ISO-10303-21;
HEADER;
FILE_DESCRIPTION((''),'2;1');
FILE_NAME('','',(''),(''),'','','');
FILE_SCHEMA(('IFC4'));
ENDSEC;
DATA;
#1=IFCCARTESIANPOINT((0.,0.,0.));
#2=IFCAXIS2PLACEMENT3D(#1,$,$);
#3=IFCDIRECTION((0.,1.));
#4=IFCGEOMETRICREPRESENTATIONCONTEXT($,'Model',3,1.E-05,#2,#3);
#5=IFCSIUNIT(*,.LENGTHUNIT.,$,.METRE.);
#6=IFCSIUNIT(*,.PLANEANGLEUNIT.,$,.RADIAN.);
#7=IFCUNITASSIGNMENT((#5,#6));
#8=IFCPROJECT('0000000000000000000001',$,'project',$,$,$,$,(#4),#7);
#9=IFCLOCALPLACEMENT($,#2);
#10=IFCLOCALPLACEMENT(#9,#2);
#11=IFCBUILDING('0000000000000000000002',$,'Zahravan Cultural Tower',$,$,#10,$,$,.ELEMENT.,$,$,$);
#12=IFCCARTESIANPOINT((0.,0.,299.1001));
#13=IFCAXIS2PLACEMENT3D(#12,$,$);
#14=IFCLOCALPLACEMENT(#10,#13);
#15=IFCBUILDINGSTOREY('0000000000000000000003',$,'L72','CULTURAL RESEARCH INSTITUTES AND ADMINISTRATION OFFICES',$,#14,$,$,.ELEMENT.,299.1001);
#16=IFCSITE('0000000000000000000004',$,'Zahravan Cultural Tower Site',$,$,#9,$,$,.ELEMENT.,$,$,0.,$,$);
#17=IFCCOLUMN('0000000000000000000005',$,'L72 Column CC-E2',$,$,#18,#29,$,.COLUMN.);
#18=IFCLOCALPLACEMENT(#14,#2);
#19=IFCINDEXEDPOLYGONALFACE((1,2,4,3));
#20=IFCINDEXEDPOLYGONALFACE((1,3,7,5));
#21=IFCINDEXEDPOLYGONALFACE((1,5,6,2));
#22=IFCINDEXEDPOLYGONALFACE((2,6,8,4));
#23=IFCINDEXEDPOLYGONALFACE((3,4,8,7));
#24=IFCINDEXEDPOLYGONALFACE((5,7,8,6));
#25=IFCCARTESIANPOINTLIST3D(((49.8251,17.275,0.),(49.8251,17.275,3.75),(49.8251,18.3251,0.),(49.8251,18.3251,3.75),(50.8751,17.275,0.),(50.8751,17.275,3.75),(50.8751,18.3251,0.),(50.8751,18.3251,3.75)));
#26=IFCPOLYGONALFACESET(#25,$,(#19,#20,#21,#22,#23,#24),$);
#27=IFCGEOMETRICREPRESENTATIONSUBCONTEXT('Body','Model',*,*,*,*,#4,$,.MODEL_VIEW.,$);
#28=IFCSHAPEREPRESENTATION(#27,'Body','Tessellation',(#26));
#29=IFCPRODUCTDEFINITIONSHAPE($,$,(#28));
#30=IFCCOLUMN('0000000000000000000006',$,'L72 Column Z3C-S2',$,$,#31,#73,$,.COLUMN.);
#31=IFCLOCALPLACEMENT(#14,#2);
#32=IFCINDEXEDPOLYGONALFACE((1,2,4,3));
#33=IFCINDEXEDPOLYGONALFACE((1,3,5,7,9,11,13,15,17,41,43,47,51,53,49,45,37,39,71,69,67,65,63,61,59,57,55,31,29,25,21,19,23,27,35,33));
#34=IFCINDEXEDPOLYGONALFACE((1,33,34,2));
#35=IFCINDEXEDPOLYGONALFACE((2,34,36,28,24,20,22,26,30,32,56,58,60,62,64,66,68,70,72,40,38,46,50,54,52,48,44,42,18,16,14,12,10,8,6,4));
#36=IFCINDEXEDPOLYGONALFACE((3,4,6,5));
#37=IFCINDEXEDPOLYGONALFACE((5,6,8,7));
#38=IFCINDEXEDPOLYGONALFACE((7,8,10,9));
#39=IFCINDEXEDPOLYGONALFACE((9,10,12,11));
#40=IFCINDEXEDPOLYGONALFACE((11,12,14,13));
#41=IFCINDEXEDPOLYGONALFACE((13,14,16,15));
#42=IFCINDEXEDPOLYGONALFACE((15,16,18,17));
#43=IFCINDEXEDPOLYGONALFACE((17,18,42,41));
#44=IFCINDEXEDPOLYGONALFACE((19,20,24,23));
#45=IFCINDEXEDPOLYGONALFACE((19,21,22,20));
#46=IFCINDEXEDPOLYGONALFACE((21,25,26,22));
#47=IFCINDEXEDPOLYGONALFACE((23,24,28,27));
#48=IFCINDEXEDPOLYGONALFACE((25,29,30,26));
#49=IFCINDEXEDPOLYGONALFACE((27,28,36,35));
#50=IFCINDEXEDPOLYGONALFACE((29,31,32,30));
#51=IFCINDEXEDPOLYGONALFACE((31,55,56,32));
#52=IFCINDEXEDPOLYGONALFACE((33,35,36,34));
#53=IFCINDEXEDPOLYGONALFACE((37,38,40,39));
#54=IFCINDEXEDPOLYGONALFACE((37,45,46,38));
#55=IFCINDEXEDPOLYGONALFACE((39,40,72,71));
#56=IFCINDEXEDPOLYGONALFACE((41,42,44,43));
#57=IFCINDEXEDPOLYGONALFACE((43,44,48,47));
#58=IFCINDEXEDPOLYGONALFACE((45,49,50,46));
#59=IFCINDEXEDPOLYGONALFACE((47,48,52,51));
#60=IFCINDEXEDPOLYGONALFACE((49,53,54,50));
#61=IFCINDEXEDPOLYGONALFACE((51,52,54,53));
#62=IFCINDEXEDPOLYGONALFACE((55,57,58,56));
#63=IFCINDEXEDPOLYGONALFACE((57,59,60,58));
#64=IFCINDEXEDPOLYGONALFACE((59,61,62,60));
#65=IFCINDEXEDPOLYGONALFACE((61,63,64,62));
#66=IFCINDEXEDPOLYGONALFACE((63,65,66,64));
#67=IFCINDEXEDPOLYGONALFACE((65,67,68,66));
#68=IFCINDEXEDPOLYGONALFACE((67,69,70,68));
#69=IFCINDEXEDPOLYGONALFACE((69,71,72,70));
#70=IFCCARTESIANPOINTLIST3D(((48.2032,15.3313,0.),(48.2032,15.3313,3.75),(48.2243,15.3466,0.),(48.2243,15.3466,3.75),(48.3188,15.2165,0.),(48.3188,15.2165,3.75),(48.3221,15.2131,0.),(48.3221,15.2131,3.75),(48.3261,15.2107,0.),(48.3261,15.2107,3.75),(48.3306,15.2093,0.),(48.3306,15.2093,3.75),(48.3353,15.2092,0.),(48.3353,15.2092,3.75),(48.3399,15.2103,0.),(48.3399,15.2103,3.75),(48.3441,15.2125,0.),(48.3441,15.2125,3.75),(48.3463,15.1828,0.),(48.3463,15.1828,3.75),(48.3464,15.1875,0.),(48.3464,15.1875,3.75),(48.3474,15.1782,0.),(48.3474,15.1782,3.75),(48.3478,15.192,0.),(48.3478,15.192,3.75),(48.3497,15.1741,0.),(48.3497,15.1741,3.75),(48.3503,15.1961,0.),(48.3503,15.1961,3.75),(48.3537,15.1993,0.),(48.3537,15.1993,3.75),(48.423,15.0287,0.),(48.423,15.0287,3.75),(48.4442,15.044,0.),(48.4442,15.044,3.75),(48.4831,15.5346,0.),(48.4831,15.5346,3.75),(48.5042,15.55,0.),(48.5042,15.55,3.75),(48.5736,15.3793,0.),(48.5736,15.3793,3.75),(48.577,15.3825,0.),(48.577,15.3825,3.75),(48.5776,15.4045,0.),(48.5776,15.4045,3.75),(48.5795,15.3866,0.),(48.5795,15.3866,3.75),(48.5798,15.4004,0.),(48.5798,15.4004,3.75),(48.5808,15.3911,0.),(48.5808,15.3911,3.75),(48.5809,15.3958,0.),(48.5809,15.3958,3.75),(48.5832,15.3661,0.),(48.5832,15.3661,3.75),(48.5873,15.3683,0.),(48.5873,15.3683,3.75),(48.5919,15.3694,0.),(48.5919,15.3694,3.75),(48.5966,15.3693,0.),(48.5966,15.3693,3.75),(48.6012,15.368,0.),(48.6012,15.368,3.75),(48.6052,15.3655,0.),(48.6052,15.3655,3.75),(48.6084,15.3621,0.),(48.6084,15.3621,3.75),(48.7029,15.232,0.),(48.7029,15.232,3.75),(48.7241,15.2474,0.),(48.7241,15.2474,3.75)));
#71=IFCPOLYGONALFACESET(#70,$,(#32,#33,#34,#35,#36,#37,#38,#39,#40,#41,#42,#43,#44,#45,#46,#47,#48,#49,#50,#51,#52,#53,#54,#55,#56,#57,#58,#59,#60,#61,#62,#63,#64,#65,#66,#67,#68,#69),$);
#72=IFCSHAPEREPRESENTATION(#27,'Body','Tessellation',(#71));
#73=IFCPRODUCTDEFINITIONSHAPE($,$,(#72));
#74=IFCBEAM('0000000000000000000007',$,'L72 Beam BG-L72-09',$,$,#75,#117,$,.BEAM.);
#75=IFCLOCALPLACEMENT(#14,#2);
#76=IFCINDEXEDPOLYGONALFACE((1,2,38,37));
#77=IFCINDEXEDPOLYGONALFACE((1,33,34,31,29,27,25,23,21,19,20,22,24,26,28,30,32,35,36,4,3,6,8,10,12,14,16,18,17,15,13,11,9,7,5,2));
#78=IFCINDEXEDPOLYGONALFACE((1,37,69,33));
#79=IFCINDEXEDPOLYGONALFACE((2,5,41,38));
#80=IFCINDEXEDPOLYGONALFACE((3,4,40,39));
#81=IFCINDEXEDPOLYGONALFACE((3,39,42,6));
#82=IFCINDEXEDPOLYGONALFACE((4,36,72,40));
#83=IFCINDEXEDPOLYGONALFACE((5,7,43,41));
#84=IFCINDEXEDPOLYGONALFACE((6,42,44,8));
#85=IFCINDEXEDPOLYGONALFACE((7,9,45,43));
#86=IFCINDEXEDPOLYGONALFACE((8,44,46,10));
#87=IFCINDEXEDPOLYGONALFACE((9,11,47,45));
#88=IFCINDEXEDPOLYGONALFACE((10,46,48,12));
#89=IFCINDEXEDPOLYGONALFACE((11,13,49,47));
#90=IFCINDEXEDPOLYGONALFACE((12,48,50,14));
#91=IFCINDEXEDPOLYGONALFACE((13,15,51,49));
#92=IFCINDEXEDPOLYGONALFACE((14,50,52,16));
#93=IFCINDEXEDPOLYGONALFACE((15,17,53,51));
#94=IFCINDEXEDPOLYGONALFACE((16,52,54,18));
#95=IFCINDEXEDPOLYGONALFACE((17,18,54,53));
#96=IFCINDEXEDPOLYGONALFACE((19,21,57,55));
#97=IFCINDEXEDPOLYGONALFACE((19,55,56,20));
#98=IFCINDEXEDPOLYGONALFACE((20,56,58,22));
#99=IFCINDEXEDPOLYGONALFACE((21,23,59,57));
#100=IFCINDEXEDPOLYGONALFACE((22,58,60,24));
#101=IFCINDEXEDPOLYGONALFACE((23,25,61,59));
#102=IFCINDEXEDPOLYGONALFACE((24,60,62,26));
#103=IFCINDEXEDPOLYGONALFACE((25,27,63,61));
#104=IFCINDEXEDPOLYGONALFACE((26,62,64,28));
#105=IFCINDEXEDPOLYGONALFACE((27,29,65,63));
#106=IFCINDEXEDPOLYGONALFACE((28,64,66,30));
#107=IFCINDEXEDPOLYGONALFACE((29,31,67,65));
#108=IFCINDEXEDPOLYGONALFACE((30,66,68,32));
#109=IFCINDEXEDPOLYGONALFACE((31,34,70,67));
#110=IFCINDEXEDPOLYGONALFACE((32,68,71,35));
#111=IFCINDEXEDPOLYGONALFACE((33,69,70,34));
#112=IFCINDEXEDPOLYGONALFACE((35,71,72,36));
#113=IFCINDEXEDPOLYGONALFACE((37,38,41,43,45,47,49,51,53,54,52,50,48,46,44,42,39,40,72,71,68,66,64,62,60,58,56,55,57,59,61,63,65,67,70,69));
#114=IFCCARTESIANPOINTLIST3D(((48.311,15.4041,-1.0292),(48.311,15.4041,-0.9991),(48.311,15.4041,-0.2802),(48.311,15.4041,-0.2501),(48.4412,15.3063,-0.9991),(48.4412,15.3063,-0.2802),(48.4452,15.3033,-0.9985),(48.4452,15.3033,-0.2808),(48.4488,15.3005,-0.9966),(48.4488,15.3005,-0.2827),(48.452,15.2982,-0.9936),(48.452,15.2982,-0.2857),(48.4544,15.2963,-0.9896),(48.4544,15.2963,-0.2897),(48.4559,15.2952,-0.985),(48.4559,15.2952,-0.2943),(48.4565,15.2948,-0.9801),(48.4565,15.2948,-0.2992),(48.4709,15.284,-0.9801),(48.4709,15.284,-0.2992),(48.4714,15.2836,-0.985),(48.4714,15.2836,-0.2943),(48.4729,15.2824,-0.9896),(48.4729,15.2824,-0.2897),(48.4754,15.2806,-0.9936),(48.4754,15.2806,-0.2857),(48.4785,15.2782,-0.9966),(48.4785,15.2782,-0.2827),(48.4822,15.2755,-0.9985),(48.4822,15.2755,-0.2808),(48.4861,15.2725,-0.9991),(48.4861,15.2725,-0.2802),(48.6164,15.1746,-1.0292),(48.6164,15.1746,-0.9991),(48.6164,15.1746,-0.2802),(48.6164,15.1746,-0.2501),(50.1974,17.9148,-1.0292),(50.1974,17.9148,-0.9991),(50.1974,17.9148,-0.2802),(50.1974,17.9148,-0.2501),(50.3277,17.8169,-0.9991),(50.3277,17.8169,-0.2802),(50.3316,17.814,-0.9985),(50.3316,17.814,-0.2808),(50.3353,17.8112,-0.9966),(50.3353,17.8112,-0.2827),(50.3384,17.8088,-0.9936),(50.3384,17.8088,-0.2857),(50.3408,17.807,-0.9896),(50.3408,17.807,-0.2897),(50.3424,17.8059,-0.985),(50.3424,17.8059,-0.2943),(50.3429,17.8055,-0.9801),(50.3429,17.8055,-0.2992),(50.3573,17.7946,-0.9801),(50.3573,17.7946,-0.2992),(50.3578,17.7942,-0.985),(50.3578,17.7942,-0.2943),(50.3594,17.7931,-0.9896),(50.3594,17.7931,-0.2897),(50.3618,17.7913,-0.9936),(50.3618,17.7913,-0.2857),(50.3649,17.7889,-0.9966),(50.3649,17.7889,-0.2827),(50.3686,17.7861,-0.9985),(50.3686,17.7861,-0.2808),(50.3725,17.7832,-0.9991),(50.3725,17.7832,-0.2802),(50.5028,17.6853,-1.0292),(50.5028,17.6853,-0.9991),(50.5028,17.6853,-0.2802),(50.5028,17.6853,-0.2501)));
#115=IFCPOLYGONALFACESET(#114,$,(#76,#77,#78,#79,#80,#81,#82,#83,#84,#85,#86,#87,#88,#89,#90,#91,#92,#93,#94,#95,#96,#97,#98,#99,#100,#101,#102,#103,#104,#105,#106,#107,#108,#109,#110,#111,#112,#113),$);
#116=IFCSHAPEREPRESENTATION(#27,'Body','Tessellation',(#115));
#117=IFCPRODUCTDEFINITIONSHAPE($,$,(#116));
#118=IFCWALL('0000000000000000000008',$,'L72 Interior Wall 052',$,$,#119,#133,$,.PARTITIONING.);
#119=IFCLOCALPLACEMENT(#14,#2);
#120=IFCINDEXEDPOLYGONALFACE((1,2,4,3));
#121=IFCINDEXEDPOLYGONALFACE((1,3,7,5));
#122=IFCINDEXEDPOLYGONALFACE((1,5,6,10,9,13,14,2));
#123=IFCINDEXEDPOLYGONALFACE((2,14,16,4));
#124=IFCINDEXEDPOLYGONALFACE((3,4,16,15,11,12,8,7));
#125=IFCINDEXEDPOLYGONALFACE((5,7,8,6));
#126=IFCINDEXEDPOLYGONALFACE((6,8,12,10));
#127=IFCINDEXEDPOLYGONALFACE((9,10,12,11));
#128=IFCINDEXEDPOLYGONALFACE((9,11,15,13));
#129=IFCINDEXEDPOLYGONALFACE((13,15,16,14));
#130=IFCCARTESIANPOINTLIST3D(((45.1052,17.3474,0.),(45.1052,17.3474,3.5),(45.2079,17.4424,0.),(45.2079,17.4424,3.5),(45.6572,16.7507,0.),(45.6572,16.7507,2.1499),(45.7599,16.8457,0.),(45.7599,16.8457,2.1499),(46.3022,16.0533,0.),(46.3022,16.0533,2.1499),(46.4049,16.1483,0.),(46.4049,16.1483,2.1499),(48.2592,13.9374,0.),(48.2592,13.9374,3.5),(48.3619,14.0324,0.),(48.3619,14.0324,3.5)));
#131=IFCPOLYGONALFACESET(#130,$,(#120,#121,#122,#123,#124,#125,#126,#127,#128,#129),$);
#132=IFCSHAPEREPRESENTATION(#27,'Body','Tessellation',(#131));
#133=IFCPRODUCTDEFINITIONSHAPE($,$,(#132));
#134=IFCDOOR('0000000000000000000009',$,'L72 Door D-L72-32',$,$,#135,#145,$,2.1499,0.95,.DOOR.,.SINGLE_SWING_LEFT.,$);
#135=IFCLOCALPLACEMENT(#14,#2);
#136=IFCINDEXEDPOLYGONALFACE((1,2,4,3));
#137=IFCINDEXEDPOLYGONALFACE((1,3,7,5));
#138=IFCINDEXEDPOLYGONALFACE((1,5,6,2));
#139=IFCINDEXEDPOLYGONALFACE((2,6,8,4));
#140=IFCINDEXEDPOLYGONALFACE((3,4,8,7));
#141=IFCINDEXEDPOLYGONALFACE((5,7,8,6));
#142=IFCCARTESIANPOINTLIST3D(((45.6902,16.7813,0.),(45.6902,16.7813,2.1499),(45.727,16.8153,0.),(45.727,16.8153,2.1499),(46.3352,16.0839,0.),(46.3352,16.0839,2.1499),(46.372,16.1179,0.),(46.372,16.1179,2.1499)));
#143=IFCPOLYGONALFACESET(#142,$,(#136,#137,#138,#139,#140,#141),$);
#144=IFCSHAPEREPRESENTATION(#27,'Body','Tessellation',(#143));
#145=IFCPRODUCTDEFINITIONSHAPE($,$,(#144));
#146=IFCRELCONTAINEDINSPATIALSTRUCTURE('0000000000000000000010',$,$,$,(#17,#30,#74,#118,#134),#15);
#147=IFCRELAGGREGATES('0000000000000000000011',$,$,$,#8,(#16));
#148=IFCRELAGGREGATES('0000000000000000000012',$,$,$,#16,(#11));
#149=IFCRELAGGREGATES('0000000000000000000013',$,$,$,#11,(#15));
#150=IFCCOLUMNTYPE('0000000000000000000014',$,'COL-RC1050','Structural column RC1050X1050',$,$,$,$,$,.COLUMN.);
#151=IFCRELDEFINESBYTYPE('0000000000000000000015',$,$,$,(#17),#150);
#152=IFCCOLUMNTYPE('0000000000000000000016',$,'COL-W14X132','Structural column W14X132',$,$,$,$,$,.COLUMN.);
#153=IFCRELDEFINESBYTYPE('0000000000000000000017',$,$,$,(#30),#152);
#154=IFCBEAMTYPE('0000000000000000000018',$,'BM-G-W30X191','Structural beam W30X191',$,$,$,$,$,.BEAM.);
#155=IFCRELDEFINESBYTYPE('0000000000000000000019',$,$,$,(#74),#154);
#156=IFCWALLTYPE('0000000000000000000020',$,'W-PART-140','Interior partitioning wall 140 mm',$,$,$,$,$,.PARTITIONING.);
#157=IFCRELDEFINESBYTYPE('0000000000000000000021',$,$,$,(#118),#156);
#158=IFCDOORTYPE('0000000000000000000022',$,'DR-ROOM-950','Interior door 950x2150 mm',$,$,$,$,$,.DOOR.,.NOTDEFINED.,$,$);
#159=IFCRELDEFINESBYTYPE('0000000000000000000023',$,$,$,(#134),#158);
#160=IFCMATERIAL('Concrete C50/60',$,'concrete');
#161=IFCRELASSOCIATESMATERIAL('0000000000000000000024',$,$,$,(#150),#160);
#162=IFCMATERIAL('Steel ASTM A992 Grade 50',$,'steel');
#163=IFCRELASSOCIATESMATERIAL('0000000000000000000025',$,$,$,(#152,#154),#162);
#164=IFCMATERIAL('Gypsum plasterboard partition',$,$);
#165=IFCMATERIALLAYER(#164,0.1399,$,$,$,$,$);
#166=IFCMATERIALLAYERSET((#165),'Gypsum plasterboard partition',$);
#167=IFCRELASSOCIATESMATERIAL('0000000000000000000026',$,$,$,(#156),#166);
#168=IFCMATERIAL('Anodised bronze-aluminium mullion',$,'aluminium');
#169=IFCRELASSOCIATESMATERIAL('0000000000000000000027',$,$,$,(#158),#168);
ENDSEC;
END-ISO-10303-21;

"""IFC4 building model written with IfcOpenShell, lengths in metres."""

from ifc_helpers import new_model, si_unit, direction, frame, frame_2d, origin, origin_2d, place, context, subcontext, project, spatial, rectangle, i_section, extrude, source, transform, mapped, material, layer, layer_set, material_profile, profile_set, type_object, element, fill, save


model = new_model("IFC4")

# Units and contexts
model_context = context("Model", 3, precision=1e-05, world=origin(), true_north=direction((0.0, 1.0)))
body_context = subcontext(model_context, "Body", "Model", "MODEL_VIEW")
ifc_project = project(units=[si_unit("LENGTHUNIT", "METRE"), si_unit("PLANEANGLEUNIT", "RADIAN")], contexts=[model_context])

# Site, building, storey
site_placement = place(None, origin())
site = spatial("IfcSite", under=ifc_project, at=site_placement, Name="Zahravan Cultural Tower Site", CompositionType="ELEMENT", RefElevation=0.0)
building_placement = place(site_placement, origin())
building = spatial("IfcBuilding", under=site, at=building_placement, Name="Zahravan Cultural Tower", CompositionType="ELEMENT")
storey_placement = place(building_placement, frame((0.0, 0.0, 299.1001)))
storey = spatial("IfcBuildingStorey", under=building, at=storey_placement, Name="L72", Description="CULTURAL RESEARCH INSTITUTES AND ADMINISTRATION OFFICES", CompositionType="ELEMENT", Elevation=299.1001)

# Columns
ifc_material_1 = material(Name="Concrete C50/60", Category="concrete")
ifc_material_profile_1 = material_profile(ifc_material_1, rectangle(XDim=1.05, YDim=1.05, at=origin_2d()), Name="RC1050X1050")
ifc_profile_set_1 = profile_set([ifc_material_profile_1], Name="Concrete C50/60")
column_type_1 = type_object("IfcColumnType", Name="COL-RC1050", Description="Structural column RC1050X1050", PredefinedType="COLUMN", material=ifc_profile_set_1)
shared_shape_1 = source(origin(), body_context, "Body", "SweptSolid", [
    extrude(rectangle(XDim=1.05, YDim=1.05, at=origin_2d()), origin(), (0.0, 0.0, 1.0), 3.75),
])
column_1_placement = place(storey_placement, frame((50.3501, 17.8, 0.0), z_axis=(0.0, 0.0, 1.0), x_axis=(1.0, 0.0, 0.0)))
element("IfcColumn", 1, at=column_1_placement, inside=storey, type_object=column_type_1, Name="L72 Column CC-E2", PredefinedType="COLUMN", context=body_context, shape_type="MappedRepresentation", body=[
    mapped(shared_shape_1, transform((0.0, 0.0, 0.0), x_axis=(1.0, 0.0, 0.0), y_axis=(0.0, 1.0, 0.0), z_axis=(0.0, 0.0, 1.0), scale=1.0)),
])
ifc_material_2 = material(Name="Steel ASTM A992 Grade 50", Category="steel")
ifc_material_profile_2 = material_profile(ifc_material_2, i_section(OverallWidth=0.374, OverallDepth=0.3721, WebThickness=0.0164, FlangeThickness=0.0261, FilletRadius=0.0181, at=origin_2d()), Name="W14X132")
ifc_profile_set_2 = profile_set([ifc_material_profile_2], Name="Steel ASTM A992 Grade 50")
column_type_2 = type_object("IfcColumnType", Name="COL-W14X132", Description="Structural column W14X132", PredefinedType="COLUMN", material=ifc_profile_set_2)
shared_shape_2 = source(origin(), body_context, "Body", "SweptSolid", [
    extrude(i_section(OverallWidth=0.374, OverallDepth=0.3721, WebThickness=0.0164, FlangeThickness=0.0261, FilletRadius=0.0181, at=origin_2d()), origin(), (0.0, 0.0, 1.0), 3.75),
])
column_2_placement = place(storey_placement, frame((48.4636, 15.2893, 0.0), z_axis=(0.0, 0.0, 1.0), x_axis=(-0.587785, 0.809017, 0.0)))
element("IfcColumn", 2, at=column_2_placement, inside=storey, type_object=column_type_2, Name="L72 Column Z3C-S2", PredefinedType="COLUMN", context=body_context, shape_type="MappedRepresentation", body=[
    mapped(shared_shape_2, transform((0.0, 0.0, 0.0), x_axis=(1.0, 0.0, 0.0), y_axis=(0.0, 1.0, 0.0), z_axis=(0.0, 0.0, 1.0), scale=1.0)),
])

# Beam
ifc_material_profile_3 = material_profile(ifc_material_2, i_section(OverallWidth=0.3821, OverallDepth=0.7791, WebThickness=0.0181, FlangeThickness=0.03, FilletRadius=0.019, at=origin_2d()), Name="W30X191")
ifc_profile_set_3 = profile_set([ifc_material_profile_3], Name="Steel ASTM A992 Grade 50")
beam_type = type_object("IfcBeamType", Name="BM-G-W30X191", Description="Structural beam W30X191", PredefinedType="BEAM", material=ifc_profile_set_3)
shared_shape_3 = source(origin(), body_context, "Body", "SweptSolid", [
    extrude(i_section(OverallWidth=0.3821, OverallDepth=0.7791, WebThickness=0.0181, FlangeThickness=0.03, FilletRadius=0.019, at=origin_2d()), origin(), (0.0, 0.0, 1.0), 3.1404),
])
beam_placement = place(storey_placement, frame((50.3501, 17.8, -0.6396), z_axis=(-0.600696, -0.799477, 0.0), x_axis=(0.799477, -0.600696, 0.0)))
element("IfcBeam", 3, at=beam_placement, inside=storey, type_object=beam_type, Name="L72 Beam BG-L72-09", PredefinedType="BEAM", context=body_context, shape_type="MappedRepresentation", body=[
    mapped(shared_shape_3, transform((0.0, 0.0, 0.0), x_axis=(1.0, 0.0, 0.0), y_axis=(0.0, 1.0, 0.0), z_axis=(0.0, 0.0, 1.0), scale=1.0)),
])

# Wall, opening, door
ifc_material_3 = material(Name="Gypsum plasterboard partition")
ifc_layer_1 = layer(ifc_material_3, 0.1399)
ifc_layer_set_1 = layer_set([ifc_layer_1], Name="Gypsum plasterboard partition")
wall_type_1 = type_object("IfcWallType", Name="W-PART-140", Description="Interior partitioning wall 140 mm", PredefinedType="PARTITIONING", material=ifc_layer_set_1)
wall_1_placement = place(storey_placement, frame((48.3105, 13.9849, 0.0), z_axis=(0.0, 0.0, 1.0), x_axis=(-0.679002, 0.734136, 0.0)))
wall_1 = element("IfcWall", 4, at=wall_1_placement, inside=storey, type_object=wall_type_1, Name="L72 Interior Wall 052", PredefinedType="PARTITIONING", context=body_context, shape_type="SweptSolid", body=[
    extrude(rectangle(XDim=4.645, YDim=0.1399, at=frame_2d((2.3225, 0.0))), origin(), (0.0, 0.0, 1.0), 3.5),
])
opening_1_placement = place(wall_1_placement, frame((2.8821, 0.0, 0.0)))
opening_1 = element("IfcOpeningElement", 5, at=opening_1_placement, cuts=wall_1, PredefinedType="OPENING", context=body_context, shape_type="SweptSolid", body=[
    extrude(rectangle(XDim=0.95, YDim=2.1499, at=frame_2d((0.4751, 1.075))), frame((0.0, 0.0798, 0.0), z_axis=(0.0, -1.0, 0.0), x_axis=(1.0, 0.0, 0.0)), (0.0, 0.0, 1.0), 0.1599),
])
ifc_material_4 = material(Name="Anodised bronze-aluminium mullion", Category="aluminium")
door_type = type_object("IfcDoorType", Name="DR-ROOM-950", Description="Interior door 950x2150 mm", OperationType="NOTDEFINED", PredefinedType="DOOR", material=ifc_material_4)
shared_shape_4 = source(origin(), body_context, "Body", "SweptSolid", [
    extrude(rectangle(XDim=0.95, YDim=2.1499, at=frame_2d((0.4751, 1.075))), frame((0.0, 0.0249, 0.0), z_axis=(0.0, -1.0, 0.0), x_axis=(1.0, 0.0, 0.0)), (0.0, 0.0, 1.0), 0.05),
])
door_1_placement = place(opening_1_placement, origin())
door_1 = element("IfcDoor", 6, at=door_1_placement, inside=storey, type_object=door_type, Name="L72 Door D-L72-32", OperationType="SINGLE_SWING_LEFT", OverallHeight=2.1499, OverallWidth=0.95, PredefinedType="DOOR", context=body_context, shape_type="MappedRepresentation", body=[
    mapped(shared_shape_4, transform((0.0, 0.0, 0.0), x_axis=(1.0, 0.0, 0.0), y_axis=(0.0, 1.0, 0.0), z_axis=(0.0, 0.0, 1.0), scale=1.0)),
])
fill(opening_1, door_1)

save(model, "model.ifc")
